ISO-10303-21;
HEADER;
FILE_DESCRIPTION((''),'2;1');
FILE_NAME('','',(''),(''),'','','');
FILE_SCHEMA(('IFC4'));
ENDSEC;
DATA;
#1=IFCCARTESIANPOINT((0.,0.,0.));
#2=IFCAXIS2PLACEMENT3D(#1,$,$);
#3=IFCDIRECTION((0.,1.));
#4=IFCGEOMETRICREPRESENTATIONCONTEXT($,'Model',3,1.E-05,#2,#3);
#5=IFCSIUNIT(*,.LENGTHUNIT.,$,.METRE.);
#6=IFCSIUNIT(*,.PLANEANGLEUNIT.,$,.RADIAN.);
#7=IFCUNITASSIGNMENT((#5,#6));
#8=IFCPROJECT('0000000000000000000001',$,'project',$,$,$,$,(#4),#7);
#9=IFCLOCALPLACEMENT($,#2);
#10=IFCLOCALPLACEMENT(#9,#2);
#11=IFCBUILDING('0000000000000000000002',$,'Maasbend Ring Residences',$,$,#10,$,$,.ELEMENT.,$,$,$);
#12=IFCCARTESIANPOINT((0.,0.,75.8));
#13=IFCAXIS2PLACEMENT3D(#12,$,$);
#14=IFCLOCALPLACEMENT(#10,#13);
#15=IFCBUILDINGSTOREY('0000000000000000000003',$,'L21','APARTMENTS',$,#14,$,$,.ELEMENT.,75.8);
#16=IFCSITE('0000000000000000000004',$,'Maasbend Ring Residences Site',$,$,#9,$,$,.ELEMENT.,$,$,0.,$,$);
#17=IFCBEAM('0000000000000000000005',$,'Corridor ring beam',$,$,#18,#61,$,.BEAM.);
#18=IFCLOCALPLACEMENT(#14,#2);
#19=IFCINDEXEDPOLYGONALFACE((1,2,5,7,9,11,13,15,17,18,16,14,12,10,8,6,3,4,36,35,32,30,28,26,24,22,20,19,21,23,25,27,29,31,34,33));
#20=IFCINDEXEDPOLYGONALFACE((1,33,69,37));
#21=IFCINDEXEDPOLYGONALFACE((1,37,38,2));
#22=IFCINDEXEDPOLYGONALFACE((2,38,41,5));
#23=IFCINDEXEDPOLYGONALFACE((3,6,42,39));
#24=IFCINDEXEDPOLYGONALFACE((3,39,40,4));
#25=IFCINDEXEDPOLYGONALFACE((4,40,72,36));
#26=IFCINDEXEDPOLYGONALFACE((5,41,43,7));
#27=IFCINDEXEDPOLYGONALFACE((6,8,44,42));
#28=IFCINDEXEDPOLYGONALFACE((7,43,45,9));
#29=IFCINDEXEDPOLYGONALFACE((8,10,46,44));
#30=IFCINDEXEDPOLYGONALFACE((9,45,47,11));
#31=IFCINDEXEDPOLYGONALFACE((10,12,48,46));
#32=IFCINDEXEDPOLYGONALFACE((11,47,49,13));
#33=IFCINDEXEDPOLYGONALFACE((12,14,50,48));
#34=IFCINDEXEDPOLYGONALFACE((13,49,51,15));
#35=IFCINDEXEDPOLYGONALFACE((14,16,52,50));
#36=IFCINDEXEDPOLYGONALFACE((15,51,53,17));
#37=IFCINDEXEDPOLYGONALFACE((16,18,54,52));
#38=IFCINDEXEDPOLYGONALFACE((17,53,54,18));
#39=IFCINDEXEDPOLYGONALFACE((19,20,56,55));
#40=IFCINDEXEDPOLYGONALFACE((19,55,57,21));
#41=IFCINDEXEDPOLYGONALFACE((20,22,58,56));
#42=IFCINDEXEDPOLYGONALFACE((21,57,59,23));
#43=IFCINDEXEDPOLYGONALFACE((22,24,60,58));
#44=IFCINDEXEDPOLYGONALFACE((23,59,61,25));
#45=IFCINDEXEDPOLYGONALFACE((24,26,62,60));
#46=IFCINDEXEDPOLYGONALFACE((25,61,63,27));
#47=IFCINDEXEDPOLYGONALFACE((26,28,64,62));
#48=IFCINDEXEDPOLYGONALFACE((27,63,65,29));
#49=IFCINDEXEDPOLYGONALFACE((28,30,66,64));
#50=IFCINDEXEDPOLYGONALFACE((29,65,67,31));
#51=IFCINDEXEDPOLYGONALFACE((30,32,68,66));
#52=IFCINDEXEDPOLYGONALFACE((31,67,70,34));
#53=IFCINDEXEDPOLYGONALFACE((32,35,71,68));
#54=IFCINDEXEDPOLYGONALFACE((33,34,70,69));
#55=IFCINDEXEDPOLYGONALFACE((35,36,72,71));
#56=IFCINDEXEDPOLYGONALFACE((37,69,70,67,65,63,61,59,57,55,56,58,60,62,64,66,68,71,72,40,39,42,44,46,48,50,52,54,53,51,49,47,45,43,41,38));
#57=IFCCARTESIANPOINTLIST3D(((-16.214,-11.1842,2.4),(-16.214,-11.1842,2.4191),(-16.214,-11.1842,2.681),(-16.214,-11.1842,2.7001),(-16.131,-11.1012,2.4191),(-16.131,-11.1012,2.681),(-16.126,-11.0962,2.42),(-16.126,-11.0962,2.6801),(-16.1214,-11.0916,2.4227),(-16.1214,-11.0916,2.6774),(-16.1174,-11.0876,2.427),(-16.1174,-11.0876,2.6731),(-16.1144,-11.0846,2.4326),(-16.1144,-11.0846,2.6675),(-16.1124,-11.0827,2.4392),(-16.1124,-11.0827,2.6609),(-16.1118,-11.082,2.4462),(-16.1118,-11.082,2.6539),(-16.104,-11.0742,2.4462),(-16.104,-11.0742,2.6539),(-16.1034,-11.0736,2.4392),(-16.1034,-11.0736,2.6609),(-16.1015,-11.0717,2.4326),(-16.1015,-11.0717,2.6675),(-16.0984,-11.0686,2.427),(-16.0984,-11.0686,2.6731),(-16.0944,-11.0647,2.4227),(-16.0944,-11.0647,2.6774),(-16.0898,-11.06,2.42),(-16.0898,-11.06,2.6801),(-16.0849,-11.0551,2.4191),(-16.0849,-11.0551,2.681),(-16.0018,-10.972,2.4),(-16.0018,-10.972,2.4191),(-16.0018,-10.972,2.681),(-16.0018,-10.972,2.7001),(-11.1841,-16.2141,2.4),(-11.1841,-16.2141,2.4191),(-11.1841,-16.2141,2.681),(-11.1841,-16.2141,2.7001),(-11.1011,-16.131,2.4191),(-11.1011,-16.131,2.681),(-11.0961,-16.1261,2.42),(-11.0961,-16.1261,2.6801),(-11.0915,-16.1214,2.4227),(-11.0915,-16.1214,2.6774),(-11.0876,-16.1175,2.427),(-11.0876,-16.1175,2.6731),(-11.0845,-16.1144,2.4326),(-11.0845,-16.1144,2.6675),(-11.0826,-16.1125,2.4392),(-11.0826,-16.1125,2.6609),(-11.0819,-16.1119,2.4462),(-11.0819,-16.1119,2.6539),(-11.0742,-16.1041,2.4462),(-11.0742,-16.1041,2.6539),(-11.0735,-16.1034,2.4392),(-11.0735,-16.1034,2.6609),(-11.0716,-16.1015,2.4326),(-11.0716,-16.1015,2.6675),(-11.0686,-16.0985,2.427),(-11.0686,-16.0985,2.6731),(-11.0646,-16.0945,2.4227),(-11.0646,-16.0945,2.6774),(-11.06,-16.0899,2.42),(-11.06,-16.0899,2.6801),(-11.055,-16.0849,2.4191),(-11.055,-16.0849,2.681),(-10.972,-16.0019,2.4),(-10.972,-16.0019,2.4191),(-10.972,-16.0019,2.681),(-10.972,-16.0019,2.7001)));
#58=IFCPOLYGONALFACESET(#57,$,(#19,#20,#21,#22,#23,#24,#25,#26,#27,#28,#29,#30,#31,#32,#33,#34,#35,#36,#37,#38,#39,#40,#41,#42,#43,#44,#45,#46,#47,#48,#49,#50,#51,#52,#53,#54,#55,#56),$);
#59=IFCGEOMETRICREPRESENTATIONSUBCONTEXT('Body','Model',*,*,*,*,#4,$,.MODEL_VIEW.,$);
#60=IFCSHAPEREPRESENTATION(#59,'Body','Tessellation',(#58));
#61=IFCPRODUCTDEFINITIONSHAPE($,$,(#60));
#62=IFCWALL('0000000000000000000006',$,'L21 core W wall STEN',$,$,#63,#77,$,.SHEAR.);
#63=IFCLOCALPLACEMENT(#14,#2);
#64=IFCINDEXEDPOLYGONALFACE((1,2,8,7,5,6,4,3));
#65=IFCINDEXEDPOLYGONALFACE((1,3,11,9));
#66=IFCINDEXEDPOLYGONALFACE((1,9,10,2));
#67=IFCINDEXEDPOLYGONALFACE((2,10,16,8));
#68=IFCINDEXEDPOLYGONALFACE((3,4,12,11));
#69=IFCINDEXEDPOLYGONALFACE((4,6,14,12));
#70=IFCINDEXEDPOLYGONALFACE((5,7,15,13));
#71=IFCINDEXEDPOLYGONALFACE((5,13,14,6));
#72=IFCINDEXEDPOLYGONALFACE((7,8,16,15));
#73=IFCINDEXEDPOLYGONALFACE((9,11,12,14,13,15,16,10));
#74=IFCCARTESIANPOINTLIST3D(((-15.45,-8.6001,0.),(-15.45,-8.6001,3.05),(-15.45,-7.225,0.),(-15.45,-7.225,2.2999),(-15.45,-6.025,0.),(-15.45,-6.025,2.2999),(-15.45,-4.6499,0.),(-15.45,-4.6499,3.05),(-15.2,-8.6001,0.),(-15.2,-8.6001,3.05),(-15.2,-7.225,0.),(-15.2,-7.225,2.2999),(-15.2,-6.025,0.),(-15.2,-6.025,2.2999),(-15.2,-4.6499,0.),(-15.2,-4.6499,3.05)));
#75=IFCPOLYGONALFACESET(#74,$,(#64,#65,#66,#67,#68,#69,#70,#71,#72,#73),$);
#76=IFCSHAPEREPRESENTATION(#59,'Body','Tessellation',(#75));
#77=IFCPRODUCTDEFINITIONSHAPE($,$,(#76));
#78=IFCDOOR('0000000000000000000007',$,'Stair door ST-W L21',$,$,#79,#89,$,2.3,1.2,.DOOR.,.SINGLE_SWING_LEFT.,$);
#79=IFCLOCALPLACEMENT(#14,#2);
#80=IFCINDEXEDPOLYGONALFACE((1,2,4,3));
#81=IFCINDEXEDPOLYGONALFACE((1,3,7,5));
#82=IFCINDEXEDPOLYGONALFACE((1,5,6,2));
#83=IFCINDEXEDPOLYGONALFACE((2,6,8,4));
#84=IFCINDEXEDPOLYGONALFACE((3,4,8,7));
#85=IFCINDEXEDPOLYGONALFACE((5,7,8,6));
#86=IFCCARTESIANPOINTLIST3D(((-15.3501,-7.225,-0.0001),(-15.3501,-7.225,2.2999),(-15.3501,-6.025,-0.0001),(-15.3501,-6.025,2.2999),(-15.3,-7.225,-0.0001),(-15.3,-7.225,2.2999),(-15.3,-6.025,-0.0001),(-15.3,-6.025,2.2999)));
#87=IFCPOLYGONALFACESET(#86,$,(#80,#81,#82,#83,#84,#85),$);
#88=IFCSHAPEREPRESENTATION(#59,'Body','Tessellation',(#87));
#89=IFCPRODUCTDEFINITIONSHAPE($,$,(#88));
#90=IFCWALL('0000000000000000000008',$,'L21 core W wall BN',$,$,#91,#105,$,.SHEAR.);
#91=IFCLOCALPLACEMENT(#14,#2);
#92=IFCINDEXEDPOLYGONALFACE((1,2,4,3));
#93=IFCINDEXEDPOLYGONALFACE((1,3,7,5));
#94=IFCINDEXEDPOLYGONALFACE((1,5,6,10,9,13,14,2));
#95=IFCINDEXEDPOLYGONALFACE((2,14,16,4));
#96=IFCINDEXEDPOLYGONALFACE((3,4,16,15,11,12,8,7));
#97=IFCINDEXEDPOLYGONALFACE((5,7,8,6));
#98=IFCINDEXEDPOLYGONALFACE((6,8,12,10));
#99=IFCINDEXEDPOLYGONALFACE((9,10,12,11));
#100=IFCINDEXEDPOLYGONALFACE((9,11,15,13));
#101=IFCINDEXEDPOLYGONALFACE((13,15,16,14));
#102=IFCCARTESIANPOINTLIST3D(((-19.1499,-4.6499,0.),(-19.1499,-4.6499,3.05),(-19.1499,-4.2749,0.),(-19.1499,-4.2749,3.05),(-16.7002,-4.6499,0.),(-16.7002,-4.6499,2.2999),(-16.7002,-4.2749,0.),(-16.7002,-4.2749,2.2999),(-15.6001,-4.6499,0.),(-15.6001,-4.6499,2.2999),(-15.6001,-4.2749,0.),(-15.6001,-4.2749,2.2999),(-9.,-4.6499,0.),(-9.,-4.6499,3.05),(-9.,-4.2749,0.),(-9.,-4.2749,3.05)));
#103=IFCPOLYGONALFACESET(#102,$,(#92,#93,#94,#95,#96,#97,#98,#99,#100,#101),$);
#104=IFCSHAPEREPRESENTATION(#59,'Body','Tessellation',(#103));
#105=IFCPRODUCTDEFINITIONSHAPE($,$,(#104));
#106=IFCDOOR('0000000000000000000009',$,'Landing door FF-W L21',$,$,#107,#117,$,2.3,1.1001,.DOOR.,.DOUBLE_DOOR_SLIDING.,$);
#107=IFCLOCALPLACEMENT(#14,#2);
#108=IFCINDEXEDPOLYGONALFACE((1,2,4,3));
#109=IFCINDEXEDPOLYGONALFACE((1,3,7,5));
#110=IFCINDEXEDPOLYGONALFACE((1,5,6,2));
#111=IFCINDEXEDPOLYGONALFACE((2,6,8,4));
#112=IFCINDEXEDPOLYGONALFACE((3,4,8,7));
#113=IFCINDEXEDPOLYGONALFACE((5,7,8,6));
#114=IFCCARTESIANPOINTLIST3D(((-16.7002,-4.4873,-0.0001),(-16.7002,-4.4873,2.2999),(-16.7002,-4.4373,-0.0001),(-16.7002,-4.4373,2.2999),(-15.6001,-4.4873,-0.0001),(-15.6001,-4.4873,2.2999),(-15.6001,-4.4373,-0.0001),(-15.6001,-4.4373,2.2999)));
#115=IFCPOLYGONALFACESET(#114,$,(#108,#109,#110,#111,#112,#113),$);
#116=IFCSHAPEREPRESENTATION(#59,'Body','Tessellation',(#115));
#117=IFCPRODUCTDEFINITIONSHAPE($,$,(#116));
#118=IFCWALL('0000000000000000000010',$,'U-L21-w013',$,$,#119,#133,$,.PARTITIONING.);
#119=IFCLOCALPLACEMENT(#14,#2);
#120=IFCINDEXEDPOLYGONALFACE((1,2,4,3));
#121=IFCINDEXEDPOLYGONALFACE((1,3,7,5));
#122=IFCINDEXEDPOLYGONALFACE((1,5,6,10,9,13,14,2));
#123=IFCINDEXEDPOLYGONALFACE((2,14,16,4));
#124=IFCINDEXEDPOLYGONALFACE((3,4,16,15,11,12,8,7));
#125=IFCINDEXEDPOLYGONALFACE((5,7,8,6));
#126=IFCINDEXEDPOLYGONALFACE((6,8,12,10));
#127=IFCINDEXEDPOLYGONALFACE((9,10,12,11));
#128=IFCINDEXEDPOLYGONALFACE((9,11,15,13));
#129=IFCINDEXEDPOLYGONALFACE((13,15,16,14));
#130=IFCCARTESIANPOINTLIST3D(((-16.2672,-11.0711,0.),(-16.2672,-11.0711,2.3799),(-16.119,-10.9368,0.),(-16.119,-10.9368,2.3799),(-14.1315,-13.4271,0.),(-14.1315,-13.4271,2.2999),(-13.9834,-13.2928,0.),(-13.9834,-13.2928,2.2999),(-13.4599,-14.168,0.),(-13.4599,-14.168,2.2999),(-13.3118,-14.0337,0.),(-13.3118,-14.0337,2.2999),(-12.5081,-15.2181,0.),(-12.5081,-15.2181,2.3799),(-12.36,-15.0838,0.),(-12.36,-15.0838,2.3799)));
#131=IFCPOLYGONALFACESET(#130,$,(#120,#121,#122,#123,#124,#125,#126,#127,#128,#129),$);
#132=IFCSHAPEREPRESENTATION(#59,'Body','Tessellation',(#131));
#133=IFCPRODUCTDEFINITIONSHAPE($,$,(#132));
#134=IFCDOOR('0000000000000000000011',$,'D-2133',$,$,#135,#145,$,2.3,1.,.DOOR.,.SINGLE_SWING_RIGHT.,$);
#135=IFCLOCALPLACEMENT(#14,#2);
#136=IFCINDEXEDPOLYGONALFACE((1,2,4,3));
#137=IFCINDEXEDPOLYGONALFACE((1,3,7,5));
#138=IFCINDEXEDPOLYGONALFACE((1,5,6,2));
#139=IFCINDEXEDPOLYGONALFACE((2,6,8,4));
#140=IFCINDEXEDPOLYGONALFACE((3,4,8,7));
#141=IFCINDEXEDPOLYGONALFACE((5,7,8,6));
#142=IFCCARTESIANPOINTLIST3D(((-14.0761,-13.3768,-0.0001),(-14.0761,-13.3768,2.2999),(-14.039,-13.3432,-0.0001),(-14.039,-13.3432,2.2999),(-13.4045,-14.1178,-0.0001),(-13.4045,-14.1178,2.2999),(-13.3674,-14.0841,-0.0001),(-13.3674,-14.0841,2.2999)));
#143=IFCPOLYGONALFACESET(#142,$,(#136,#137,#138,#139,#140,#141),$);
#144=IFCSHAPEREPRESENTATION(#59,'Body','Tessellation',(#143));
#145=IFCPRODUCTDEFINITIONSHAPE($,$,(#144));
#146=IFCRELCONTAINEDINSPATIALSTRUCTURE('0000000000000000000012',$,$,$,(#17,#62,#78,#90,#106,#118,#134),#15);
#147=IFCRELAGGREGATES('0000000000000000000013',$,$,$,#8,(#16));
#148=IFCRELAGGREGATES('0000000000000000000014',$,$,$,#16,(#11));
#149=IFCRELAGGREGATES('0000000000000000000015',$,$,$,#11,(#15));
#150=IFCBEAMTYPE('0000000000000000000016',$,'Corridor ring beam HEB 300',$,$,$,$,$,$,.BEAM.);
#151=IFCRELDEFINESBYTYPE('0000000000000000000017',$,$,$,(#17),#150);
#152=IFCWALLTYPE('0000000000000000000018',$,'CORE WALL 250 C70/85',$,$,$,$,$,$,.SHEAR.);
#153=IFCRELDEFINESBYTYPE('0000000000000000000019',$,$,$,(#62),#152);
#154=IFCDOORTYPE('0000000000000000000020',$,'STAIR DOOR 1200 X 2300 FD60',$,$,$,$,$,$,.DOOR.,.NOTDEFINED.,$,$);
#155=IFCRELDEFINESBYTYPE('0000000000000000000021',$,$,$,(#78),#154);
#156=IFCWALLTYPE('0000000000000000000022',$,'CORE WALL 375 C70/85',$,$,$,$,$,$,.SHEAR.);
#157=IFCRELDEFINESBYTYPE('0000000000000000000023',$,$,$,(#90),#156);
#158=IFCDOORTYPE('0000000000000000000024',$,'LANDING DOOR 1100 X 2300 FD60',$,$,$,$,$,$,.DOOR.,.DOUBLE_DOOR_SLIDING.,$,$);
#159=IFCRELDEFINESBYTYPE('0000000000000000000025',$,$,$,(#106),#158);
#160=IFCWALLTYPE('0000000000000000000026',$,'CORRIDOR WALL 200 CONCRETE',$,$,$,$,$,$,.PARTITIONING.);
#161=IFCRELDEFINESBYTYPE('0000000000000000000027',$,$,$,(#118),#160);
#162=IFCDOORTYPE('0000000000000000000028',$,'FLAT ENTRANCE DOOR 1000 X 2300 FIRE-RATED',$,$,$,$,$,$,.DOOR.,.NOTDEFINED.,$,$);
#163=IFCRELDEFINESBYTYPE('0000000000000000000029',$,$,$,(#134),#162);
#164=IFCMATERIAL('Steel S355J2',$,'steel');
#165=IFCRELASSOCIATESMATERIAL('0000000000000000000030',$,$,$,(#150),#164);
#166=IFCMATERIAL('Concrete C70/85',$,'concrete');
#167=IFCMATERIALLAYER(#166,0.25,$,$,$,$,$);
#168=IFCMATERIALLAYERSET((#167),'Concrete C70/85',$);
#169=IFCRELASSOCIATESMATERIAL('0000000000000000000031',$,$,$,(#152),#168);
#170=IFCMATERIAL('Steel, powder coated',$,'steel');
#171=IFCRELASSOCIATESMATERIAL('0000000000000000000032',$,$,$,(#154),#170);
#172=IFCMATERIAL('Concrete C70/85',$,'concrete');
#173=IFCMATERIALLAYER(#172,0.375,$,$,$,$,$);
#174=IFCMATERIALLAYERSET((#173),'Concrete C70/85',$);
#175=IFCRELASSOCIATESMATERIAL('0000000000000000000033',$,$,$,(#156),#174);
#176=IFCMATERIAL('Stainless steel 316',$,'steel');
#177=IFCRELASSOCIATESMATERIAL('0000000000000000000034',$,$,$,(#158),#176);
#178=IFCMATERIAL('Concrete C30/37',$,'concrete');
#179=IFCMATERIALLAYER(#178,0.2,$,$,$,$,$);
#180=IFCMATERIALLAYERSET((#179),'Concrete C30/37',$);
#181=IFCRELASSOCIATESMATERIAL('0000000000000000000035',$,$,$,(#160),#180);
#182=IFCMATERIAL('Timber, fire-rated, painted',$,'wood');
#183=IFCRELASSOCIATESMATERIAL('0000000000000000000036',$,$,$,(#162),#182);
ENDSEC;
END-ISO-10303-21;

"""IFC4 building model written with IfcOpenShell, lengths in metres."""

from ifc_helpers import new_model, si_unit, direction, frame, frame_2d, origin, origin_2d, place, context, subcontext, project, spatial, rectangle, i_section, extrude, material, layer, layer_set, material_profile, profile_set, type_object, element, fill, save


model = new_model("IFC4")

# Units and contexts
model_context = context("Model", 3, precision=1e-05, world=origin(), true_north=direction((0.0, 1.0)))
body_context = subcontext(model_context, "Body", "Model", "MODEL_VIEW")
ifc_project = project(units=[si_unit("LENGTHUNIT", "METRE"), si_unit("PLANEANGLEUNIT", "RADIAN")], contexts=[model_context])

# Site, building, storey
site_placement = place(None, origin())
site = spatial("IfcSite", under=ifc_project, at=site_placement, Name="Maasbend Ring Residences Site", CompositionType="ELEMENT", RefElevation=0.0)
building_placement = place(site_placement, origin())
building = spatial("IfcBuilding", under=site, at=building_placement, Name="Maasbend Ring Residences", CompositionType="ELEMENT")
storey_placement = place(building_placement, frame((0.0, 0.0, 75.8)))
storey = spatial("IfcBuildingStorey", under=building, at=storey_placement, Name="L21", Description="APARTMENTS", CompositionType="ELEMENT", Elevation=75.8)

# Beam
ifc_material_1 = material(Name="Steel S355J2", Category="steel")
ifc_material_profile = material_profile(ifc_material_1, i_section(OverallWidth=0.3, OverallDepth=0.3, WebThickness=0.011, FlangeThickness=0.019, FilletRadius=0.0271, at=origin_2d()), Name="HEB 300")
ifc_profile_set = profile_set([ifc_material_profile], Name="Steel S355J2")
beam_type = type_object("IfcBeamType", Name="Corridor ring beam HEB 300", PredefinedType="BEAM", material=ifc_profile_set)
beam_placement = place(storey_placement, frame((-16.1079, -11.0781, 2.55), z_axis=(0.707107, -0.707107, 0.0), x_axis=(0.707107, 0.707107, 0.0)))
element("IfcBeam", 1, at=beam_placement, inside=storey, type_object=beam_type, Name="Corridor ring beam", PredefinedType="BEAM", context=body_context, shape_type="SweptSolid", body=[
    extrude(i_section(OverallWidth=0.3, OverallDepth=0.3, WebThickness=0.011, FlangeThickness=0.019, FilletRadius=0.0271, at=origin_2d()), origin(), (0.0, 0.0, 1.0), 7.1133),
])

# Walls, openings, doors
ifc_material_2 = material(Name="Concrete C70/85", Category="concrete")
ifc_layer_1 = layer(ifc_material_2, 0.25)
ifc_layer_set_1 = layer_set([ifc_layer_1], Name="Concrete C70/85")
wall_type_1 = type_object("IfcWallType", Name="CORE WALL 250 C70/85", PredefinedType="SHEAR", material=ifc_layer_set_1)
wall_1_placement = place(storey_placement, frame((-15.325, -4.6499, 0.0), z_axis=(0.0, 0.0, 1.0), x_axis=(0.0, -1.0, 0.0)))
wall_1 = element("IfcWall", 2, at=wall_1_placement, inside=storey, type_object=wall_type_1, Name="L21 core W wall STEN", PredefinedType="SHEAR", context=body_context, shape_type="SweptSolid", body=[
    extrude(rectangle(XDim=3.9502, YDim=0.25, at=frame_2d((1.9751, 0.0))), origin(), (0.0, 0.0, 1.0), 3.05),
])
opening_1_placement = place(wall_1_placement, frame((1.375, 0.0, 0.0)))
opening_1 = element("IfcOpeningElement", 3, at=opening_1_placement, cuts=wall_1, PredefinedType="OPENING", context=body_context, shape_type="SweptSolid", body=[
    extrude(rectangle(XDim=1.2, YDim=2.3, at=frame_2d((0.6001, 1.1499))), frame((0.0, 0.135, 0.0), z_axis=(0.0, -1.0, 0.0), x_axis=(1.0, 0.0, 0.0)), (0.0, 0.0, 1.0), 0.27),
])
ifc_material_3 = material(Name="Steel, powder coated", Category="steel")
door_type_1 = type_object("IfcDoorType", Name="STAIR DOOR 1200 X 2300 FD60", OperationType="NOTDEFINED", PredefinedType="DOOR", material=ifc_material_3)
door_1_placement = place(opening_1_placement, origin())
door_1 = element("IfcDoor", 4, at=door_1_placement, inside=storey, type_object=door_type_1, Name="Stair door ST-W L21", OperationType="SINGLE_SWING_LEFT", OverallHeight=2.3, OverallWidth=1.2, PredefinedType="DOOR", context=body_context, shape_type="SweptSolid", body=[
    extrude(rectangle(XDim=1.2, YDim=2.3, at=frame_2d((0.6001, 1.1499))), frame((0.0, 0.0249, 0.0), z_axis=(0.0, -1.0, 0.0), x_axis=(1.0, 0.0, 0.0)), (0.0, 0.0, 1.0), 0.05),
])
fill(opening_1, door_1)
ifc_material_4 = material(Name="Concrete C70/85", Category="concrete")
ifc_layer_2 = layer(ifc_material_4, 0.375)
ifc_layer_set_2 = layer_set([ifc_layer_2], Name="Concrete C70/85")
wall_type_2 = type_object("IfcWallType", Name="CORE WALL 375 C70/85", PredefinedType="SHEAR", material=ifc_layer_set_2)
wall_2_placement = place(storey_placement, frame((-9.0, -4.4624, 0.0), z_axis=(0.0, 0.0, 1.0), x_axis=(-1.0, 0.0, 0.0)))
wall_2 = element("IfcWall", 5, at=wall_2_placement, inside=storey, type_object=wall_type_2, Name="L21 core W wall BN", PredefinedType="SHEAR", context=body_context, shape_type="SweptSolid", body=[
    extrude(rectangle(XDim=10.1499, YDim=0.375, at=frame_2d((5.075, 0.0))), origin(), (0.0, 0.0, 1.0), 3.05),
])
opening_2_placement = place(wall_2_placement, frame((6.6001, 0.0, 0.0)))
opening_2 = element("IfcOpeningElement", 6, at=opening_2_placement, cuts=wall_2, PredefinedType="OPENING", context=body_context, shape_type="SweptSolid", body=[
    extrude(rectangle(XDim=1.1001, YDim=2.3, at=frame_2d((0.55, 1.1499))), frame((0.0, 0.1975, 0.0), z_axis=(0.0, -1.0, 0.0), x_axis=(1.0, 0.0, 0.0)), (0.0, 0.0, 1.0), 0.395),
])
ifc_material_5 = material(Name="Stainless steel 316", Category="steel")
door_type_2 = type_object("IfcDoorType", Name="LANDING DOOR 1100 X 2300 FD60", OperationType="DOUBLE_DOOR_SLIDING", PredefinedType="DOOR", material=ifc_material_5)
door_2_placement = place(opening_2_placement, origin())
door_2 = element("IfcDoor", 7, at=door_2_placement, inside=storey, type_object=door_type_2, Name="Landing door FF-W L21", OperationType="DOUBLE_DOOR_SLIDING", OverallHeight=2.3, OverallWidth=1.1001, PredefinedType="DOOR", context=body_context, shape_type="SweptSolid", body=[
    extrude(rectangle(XDim=1.1001, YDim=2.3, at=frame_2d((0.55, 1.1499))), frame((0.0, 0.0249, 0.0), z_axis=(0.0, -1.0, 0.0), x_axis=(1.0, 0.0, 0.0)), (0.0, 0.0, 1.0), 0.05),
])
fill(opening_2, door_2)
ifc_material_6 = material(Name="Concrete C30/37", Category="concrete")
ifc_layer_3 = layer(ifc_material_6, 0.2)
ifc_layer_set_3 = layer_set([ifc_layer_3], Name="Concrete C30/37")
wall_type_3 = type_object("IfcWallType", Name="CORRIDOR WALL 200 CONCRETE", PredefinedType="PARTITIONING", material=ifc_layer_set_3)
wall_3_placement = place(storey_placement, frame((-16.1931, -11.0039, 0.0), z_axis=(0.0, 0.0, 1.0), x_axis=(0.671602, -0.740912, 0.0)))
wall_3 = element("IfcWall", 8, at=wall_3_placement, inside=storey, type_object=wall_type_3, Name="U-L21-w013", PredefinedType="PARTITIONING", context=body_context, shape_type="SweptSolid", body=[
    extrude(rectangle(XDim=5.5972, YDim=0.2, at=frame_2d((2.7986, 0.0))), origin(), (0.0, 0.0, 1.0), 2.3799),
])
opening_3_placement = place(wall_3_placement, frame((3.1799, 0.0, 0.0)))
opening_3 = element("IfcOpeningElement", 9, at=opening_3_placement, cuts=wall_3, PredefinedType="OPENING", context=body_context, shape_type="SweptSolid", body=[
    extrude(rectangle(XDim=1.0, YDim=2.3, at=frame_2d((0.5, 1.1499))), frame((0.0, 0.1099, 0.0), z_axis=(0.0, -1.0, 0.0), x_axis=(1.0, 0.0, 0.0)), (0.0, 0.0, 1.0), 0.22),
])
ifc_material_7 = material(Name="Timber, fire-rated, painted", Category="wood")
door_type_3 = type_object("IfcDoorType", Name="FLAT ENTRANCE DOOR 1000 X 2300 FIRE-RATED", OperationType="NOTDEFINED", PredefinedType="DOOR", material=ifc_material_7)
door_3_placement = place(opening_3_placement, origin())
door_3 = element("IfcDoor", 10, at=door_3_placement, inside=storey, type_object=door_type_3, Name="D-2133", OperationType="SINGLE_SWING_RIGHT", OverallHeight=2.3, OverallWidth=1.0, PredefinedType="DOOR", context=body_context, shape_type="SweptSolid", body=[
    extrude(rectangle(XDim=1.0, YDim=2.3, at=frame_2d((0.5, 1.1499))), frame((0.0, 0.0249, 0.0), z_axis=(0.0, -1.0, 0.0), x_axis=(1.0, 0.0, 0.0)), (0.0, 0.0, 1.0), 0.05),
])
fill(opening_3, door_3)

save(model, "model.ifc")
